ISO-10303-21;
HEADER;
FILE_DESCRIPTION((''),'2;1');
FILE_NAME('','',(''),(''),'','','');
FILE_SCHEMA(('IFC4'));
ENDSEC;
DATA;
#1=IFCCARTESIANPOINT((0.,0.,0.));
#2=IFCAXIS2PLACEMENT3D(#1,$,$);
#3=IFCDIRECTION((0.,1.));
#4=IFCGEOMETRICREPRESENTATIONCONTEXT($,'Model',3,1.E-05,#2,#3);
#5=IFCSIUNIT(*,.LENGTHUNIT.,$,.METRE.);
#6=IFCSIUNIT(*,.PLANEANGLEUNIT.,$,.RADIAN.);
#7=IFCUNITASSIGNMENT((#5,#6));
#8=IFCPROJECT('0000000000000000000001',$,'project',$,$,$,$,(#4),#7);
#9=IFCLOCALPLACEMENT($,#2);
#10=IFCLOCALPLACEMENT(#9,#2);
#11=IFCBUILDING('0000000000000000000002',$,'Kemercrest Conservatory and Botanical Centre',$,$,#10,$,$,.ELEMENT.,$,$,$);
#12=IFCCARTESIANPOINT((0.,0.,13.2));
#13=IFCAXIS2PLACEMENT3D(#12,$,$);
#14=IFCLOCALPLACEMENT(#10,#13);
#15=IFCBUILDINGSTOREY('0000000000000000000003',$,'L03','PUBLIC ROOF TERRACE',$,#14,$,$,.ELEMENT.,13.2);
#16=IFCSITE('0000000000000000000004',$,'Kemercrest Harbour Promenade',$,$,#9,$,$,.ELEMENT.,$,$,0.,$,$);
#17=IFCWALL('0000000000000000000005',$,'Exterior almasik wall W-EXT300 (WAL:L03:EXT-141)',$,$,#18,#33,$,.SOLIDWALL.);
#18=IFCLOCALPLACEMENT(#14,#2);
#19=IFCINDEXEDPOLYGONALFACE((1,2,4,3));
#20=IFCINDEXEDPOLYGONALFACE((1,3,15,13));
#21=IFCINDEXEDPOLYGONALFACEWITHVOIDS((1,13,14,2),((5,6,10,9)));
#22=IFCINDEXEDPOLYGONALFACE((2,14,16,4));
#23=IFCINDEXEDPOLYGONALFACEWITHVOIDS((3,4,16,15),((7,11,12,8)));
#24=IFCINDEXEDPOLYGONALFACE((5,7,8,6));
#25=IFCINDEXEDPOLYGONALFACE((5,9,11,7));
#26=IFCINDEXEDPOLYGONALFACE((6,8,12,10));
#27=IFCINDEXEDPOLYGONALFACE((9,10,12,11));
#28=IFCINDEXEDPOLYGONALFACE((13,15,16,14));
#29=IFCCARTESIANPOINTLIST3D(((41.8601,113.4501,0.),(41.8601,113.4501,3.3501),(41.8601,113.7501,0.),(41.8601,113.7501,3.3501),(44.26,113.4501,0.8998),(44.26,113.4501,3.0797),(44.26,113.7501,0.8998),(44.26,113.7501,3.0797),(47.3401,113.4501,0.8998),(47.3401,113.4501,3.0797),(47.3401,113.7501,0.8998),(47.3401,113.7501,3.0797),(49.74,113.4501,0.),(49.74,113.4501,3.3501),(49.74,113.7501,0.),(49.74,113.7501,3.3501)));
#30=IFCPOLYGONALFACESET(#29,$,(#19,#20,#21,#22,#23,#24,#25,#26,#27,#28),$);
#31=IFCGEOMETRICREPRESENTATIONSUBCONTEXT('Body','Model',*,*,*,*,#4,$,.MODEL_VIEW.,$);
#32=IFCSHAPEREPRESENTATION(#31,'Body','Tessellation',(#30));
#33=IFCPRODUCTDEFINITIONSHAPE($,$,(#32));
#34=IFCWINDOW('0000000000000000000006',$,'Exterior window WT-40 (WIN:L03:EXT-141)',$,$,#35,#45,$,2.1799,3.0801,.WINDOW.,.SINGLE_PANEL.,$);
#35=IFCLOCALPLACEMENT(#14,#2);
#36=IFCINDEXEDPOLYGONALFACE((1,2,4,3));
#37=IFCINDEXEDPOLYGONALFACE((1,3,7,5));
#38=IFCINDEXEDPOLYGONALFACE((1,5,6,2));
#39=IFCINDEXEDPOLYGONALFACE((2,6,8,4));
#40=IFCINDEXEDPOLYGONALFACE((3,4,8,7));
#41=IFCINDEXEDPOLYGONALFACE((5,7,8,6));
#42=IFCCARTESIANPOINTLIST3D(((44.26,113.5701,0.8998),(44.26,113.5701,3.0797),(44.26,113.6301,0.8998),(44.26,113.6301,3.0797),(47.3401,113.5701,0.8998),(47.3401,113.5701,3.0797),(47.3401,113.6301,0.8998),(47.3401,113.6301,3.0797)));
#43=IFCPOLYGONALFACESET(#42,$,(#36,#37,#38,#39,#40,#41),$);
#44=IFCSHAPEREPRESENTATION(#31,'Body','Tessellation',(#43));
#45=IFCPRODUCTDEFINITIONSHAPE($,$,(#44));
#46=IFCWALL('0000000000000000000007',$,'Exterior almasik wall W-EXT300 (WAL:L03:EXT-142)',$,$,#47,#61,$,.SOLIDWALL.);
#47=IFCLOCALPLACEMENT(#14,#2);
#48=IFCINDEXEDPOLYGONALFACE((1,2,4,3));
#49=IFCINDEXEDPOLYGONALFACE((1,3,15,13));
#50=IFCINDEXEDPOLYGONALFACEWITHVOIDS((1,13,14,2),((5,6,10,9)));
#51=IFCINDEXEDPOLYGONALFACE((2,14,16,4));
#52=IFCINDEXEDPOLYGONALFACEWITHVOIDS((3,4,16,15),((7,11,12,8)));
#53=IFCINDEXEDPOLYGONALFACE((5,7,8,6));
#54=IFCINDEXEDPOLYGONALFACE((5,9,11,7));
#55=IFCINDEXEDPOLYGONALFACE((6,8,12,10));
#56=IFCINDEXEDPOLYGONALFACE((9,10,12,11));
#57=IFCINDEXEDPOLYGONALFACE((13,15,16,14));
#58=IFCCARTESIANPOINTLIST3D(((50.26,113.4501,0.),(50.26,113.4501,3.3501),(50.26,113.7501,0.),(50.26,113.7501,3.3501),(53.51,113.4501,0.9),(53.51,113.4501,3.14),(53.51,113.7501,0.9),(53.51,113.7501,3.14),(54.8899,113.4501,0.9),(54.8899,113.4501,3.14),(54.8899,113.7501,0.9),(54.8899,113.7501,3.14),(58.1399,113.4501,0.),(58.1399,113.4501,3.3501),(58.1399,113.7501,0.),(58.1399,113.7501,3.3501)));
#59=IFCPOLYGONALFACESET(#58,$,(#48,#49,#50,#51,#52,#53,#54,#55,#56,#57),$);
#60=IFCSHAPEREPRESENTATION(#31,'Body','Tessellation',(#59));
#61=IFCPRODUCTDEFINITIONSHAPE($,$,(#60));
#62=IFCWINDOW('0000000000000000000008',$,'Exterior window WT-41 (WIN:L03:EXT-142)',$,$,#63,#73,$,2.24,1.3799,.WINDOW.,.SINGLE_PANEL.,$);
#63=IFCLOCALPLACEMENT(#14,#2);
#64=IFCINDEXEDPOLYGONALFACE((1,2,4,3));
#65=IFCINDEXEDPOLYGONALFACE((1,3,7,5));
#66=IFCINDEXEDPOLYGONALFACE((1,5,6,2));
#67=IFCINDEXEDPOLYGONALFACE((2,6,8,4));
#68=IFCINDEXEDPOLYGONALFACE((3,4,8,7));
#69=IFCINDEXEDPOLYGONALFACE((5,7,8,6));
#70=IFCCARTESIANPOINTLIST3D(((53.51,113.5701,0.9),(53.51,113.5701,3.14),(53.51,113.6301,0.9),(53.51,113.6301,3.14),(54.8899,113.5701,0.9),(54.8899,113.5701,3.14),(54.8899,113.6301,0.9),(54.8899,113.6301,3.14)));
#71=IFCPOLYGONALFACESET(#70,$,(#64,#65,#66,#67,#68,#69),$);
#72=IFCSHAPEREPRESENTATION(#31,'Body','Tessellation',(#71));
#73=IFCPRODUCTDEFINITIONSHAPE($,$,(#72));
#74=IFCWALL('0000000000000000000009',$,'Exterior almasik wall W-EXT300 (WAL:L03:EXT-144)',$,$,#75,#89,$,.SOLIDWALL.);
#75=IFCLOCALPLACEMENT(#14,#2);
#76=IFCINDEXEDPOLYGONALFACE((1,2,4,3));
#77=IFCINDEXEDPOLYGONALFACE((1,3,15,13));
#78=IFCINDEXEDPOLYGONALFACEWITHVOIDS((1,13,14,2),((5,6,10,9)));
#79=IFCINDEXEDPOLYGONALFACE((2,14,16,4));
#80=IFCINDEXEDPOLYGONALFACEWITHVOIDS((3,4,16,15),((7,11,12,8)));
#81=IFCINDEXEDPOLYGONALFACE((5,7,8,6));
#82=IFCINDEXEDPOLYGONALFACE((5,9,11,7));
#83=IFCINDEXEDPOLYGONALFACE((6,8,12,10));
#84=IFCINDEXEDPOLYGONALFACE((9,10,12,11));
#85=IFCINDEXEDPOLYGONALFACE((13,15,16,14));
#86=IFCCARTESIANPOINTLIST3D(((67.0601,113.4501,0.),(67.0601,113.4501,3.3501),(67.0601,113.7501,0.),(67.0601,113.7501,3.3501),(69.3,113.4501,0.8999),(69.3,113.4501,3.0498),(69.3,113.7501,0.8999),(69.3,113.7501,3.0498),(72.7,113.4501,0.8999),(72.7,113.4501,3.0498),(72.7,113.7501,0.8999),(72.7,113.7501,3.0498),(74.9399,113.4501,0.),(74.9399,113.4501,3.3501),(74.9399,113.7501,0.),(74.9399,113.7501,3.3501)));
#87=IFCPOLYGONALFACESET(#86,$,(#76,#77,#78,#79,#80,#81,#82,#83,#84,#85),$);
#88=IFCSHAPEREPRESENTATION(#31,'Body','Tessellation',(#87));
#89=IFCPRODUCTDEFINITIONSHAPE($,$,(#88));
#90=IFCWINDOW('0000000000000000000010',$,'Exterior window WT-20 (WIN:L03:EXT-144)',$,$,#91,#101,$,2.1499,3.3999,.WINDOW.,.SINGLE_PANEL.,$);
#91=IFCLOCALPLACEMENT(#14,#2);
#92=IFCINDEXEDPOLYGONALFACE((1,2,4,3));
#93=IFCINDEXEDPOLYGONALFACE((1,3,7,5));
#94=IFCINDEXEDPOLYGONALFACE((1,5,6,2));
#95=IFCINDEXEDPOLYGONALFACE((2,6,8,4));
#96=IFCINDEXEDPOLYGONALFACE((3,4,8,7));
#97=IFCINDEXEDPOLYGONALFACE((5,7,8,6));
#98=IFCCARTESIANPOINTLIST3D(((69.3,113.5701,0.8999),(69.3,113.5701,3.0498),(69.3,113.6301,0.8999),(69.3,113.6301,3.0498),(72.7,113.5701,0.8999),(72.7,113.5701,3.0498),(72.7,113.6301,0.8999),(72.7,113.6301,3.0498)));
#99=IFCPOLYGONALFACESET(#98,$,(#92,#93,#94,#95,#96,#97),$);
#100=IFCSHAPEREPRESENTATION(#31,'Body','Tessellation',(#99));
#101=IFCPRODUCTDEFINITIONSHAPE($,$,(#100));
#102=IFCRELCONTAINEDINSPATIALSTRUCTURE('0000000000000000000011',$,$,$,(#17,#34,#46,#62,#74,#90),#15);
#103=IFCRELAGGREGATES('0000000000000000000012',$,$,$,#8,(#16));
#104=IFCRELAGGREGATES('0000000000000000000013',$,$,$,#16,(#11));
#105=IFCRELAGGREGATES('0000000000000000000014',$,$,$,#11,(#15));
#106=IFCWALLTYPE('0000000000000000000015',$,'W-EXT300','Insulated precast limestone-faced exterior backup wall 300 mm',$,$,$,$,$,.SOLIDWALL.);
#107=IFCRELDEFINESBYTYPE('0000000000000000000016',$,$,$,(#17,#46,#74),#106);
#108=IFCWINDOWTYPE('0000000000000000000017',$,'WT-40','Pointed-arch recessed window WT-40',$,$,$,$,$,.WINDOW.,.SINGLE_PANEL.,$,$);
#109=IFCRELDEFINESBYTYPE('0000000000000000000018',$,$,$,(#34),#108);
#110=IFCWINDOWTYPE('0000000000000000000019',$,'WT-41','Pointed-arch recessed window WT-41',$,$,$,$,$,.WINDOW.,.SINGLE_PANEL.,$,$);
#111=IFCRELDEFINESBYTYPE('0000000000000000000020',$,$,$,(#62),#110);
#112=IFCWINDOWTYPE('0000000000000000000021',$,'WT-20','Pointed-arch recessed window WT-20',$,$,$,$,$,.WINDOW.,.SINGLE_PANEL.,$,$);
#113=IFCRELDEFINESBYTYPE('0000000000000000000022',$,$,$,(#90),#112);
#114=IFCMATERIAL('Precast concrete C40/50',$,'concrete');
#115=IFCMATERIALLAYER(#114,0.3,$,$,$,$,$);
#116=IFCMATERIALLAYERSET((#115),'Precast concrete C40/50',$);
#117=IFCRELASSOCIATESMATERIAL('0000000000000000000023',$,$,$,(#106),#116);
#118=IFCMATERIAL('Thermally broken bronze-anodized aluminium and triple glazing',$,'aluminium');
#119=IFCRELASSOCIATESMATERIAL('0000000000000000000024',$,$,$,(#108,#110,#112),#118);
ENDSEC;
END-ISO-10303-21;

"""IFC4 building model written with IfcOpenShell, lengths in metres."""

from ifc_helpers import new_model, si_unit, direction, frame, frame_2d, origin, place, context, subcontext, project, spatial, rectangle, extrude, material, layer, layer_set, type_object, element, fill, save


model = new_model("IFC4")

# Units and contexts
model_context = context("Model", 3, precision=1e-05, world=origin(), true_north=direction((0.0, 1.0)))
body_context = subcontext(model_context, "Body", "Model", "MODEL_VIEW")
ifc_project = project(units=[si_unit("LENGTHUNIT", "METRE"), si_unit("PLANEANGLEUNIT", "RADIAN")], contexts=[model_context])

# Site, building, storey
site_placement = place(None, origin())
site = spatial("IfcSite", under=ifc_project, at=site_placement, Name="Kemercrest Harbour Promenade", CompositionType="ELEMENT", RefElevation=0.0)
building_placement = place(site_placement, origin())
building = spatial("IfcBuilding", under=site, at=building_placement, Name="Kemercrest Conservatory and Botanical Centre", CompositionType="ELEMENT")
storey_placement = place(building_placement, frame((0.0, 0.0, 13.2)))
storey = spatial("IfcBuildingStorey", under=building, at=storey_placement, Name="L03", Description="PUBLIC ROOF TERRACE", CompositionType="ELEMENT", Elevation=13.2)

# Walls, openings, windows
ifc_material_1 = material(Name="Precast concrete C40/50", Category="concrete")
ifc_layer = layer(ifc_material_1, 0.3)
ifc_layer_set = layer_set([ifc_layer], Name="Precast concrete C40/50")
wall_type = type_object("IfcWallType", Name="W-EXT300", Description="Insulated precast limestone-faced exterior backup wall 300 mm", PredefinedType="SOLIDWALL", material=ifc_layer_set)
wall_1_placement = place(storey_placement, frame((41.8601, 113.6001, 0.0), z_axis=(0.0, 0.0, 1.0), x_axis=(1.0, 0.0, 0.0)))
wall_1 = element("IfcWall", 1, at=wall_1_placement, inside=storey, type_object=wall_type, Name="Exterior almasik wall W-EXT300 (WAL:L03:EXT-141)", PredefinedType="SOLIDWALL", context=body_context, shape_type="SweptSolid", body=[
    extrude(rectangle(XDim=7.8799, YDim=0.3, at=frame_2d((3.9399, 0.0))), origin(), (0.0, 0.0, 1.0), 3.3501),
])
opening_1_placement = place(wall_1_placement, frame((2.3999, 0.0, 0.8999)))
opening_1 = element("IfcOpeningElement", 2, at=opening_1_placement, cuts=wall_1, PredefinedType="OPENING", context=body_context, shape_type="SweptSolid", body=[
    extrude(rectangle(XDim=3.0801, YDim=2.1799, at=frame_2d((1.54, 1.0898))), frame((0.0, 0.1602, 0.0), z_axis=(0.0, -1.0, 0.0), x_axis=(1.0, 0.0, 0.0)), (0.0, 0.0, 1.0), 0.3201),
])
ifc_material_2 = material(Name="Thermally broken bronze-anodized aluminium and triple glazing", Category="aluminium")
window_type_1 = type_object("IfcWindowType", Name="WT-40", Description="Pointed-arch recessed window WT-40", PartitioningType="SINGLE_PANEL", PredefinedType="WINDOW", material=ifc_material_2)
window_1_placement = place(opening_1_placement, origin())
window_1 = element("IfcWindow", 3, at=window_1_placement, inside=storey, type_object=window_type_1, Name="Exterior window WT-40 (WIN:L03:EXT-141)", OverallHeight=2.1799, OverallWidth=3.0801, PartitioningType="SINGLE_PANEL", PredefinedType="WINDOW", context=body_context, shape_type="SweptSolid", body=[
    extrude(rectangle(XDim=3.0801, YDim=2.1799, at=frame_2d((1.54, 1.0898))), frame((0.0, 0.03, 0.0), z_axis=(0.0, -1.0, 0.0), x_axis=(1.0, 0.0, 0.0)), (0.0, 0.0, 1.0), 0.0601),
])
fill(opening_1, window_1)
wall_2_placement = place(storey_placement, frame((50.26, 113.6001, 0.0), z_axis=(0.0, 0.0, 1.0), x_axis=(1.0, 0.0, 0.0)))
wall_2 = element("IfcWall", 4, at=wall_2_placement, inside=storey, type_object=wall_type, Name="Exterior almasik wall W-EXT300 (WAL:L03:EXT-142)", PredefinedType="SOLIDWALL", context=body_context, shape_type="SweptSolid", body=[
    extrude(rectangle(XDim=7.8799, YDim=0.3, at=frame_2d((3.9399, 0.0))), origin(), (0.0, 0.0, 1.0), 3.3501),
])
opening_2_placement = place(wall_2_placement, frame((3.25, 0.0, 0.8999)))
opening_2 = element("IfcOpeningElement", 5, at=opening_2_placement, cuts=wall_2, PredefinedType="OPENING", context=body_context, shape_type="SweptSolid", body=[
    extrude(rectangle(XDim=1.3799, YDim=2.24, at=frame_2d((0.6899, 1.1201))), frame((0.0, 0.1602, 0.0), z_axis=(0.0, -1.0, 0.0), x_axis=(1.0, 0.0, 0.0)), (0.0, 0.0, 1.0), 0.3201),
])
window_type_2 = type_object("IfcWindowType", Name="WT-41", Description="Pointed-arch recessed window WT-41", PartitioningType="SINGLE_PANEL", PredefinedType="WINDOW", material=ifc_material_2)
window_2_placement = place(opening_2_placement, origin())
window_2 = element("IfcWindow", 6, at=window_2_placement, inside=storey, type_object=window_type_2, Name="Exterior window WT-41 (WIN:L03:EXT-142)", OverallHeight=2.24, OverallWidth=1.3799, PartitioningType="SINGLE_PANEL", PredefinedType="WINDOW", context=body_context, shape_type="SweptSolid", body=[
    extrude(rectangle(XDim=1.3799, YDim=2.24, at=frame_2d((0.6899, 1.1201))), frame((0.0, 0.03, 0.0), z_axis=(0.0, -1.0, 0.0), x_axis=(1.0, 0.0, 0.0)), (0.0, 0.0, 1.0), 0.0601),
])
fill(opening_2, window_2)

# Wall, opening, window
wall_3_placement = place(storey_placement, frame((67.0601, 113.6001, 0.0), z_axis=(0.0, 0.0, 1.0), x_axis=(1.0, 0.0, 0.0)))
wall_3 = element("IfcWall", 7, at=wall_3_placement, inside=storey, type_object=wall_type, Name="Exterior almasik wall W-EXT300 (WAL:L03:EXT-144)", PredefinedType="SOLIDWALL", context=body_context, shape_type="SweptSolid", body=[
    extrude(rectangle(XDim=7.8799, YDim=0.3, at=frame_2d((3.9399, 0.0))), origin(), (0.0, 0.0, 1.0), 3.3501),
])
opening_3_placement = place(wall_3_placement, frame((2.24, 0.0, 0.8999)))
opening_3 = element("IfcOpeningElement", 8, at=opening_3_placement, cuts=wall_3, PredefinedType="OPENING", context=body_context, shape_type="SweptSolid", body=[
    extrude(rectangle(XDim=3.3999, YDim=2.1499, at=frame_2d((1.7, 1.075))), frame((0.0, 0.1602, 0.0), z_axis=(0.0, -1.0, 0.0), x_axis=(1.0, 0.0, 0.0)), (0.0, 0.0, 1.0), 0.3201),
])
window_type_3 = type_object("IfcWindowType", Name="WT-20", Description="Pointed-arch recessed window WT-20", PartitioningType="SINGLE_PANEL", PredefinedType="WINDOW", material=ifc_material_2)
window_3_placement = place(opening_3_placement, origin())
window_3 = element("IfcWindow", 9, at=window_3_placement, inside=storey, type_object=window_type_3, Name="Exterior window WT-20 (WIN:L03:EXT-144)", OverallHeight=2.1499, OverallWidth=3.3999, PartitioningType="SINGLE_PANEL", PredefinedType="WINDOW", context=body_context, shape_type="SweptSolid", body=[
    extrude(rectangle(XDim=3.3999, YDim=2.1499, at=frame_2d((1.7, 1.075))), frame((0.0, 0.03, 0.0), z_axis=(0.0, -1.0, 0.0), x_axis=(1.0, 0.0, 0.0)), (0.0, 0.0, 1.0), 0.0601),
])
fill(opening_3, window_3)

save(model, "model.ifc")
